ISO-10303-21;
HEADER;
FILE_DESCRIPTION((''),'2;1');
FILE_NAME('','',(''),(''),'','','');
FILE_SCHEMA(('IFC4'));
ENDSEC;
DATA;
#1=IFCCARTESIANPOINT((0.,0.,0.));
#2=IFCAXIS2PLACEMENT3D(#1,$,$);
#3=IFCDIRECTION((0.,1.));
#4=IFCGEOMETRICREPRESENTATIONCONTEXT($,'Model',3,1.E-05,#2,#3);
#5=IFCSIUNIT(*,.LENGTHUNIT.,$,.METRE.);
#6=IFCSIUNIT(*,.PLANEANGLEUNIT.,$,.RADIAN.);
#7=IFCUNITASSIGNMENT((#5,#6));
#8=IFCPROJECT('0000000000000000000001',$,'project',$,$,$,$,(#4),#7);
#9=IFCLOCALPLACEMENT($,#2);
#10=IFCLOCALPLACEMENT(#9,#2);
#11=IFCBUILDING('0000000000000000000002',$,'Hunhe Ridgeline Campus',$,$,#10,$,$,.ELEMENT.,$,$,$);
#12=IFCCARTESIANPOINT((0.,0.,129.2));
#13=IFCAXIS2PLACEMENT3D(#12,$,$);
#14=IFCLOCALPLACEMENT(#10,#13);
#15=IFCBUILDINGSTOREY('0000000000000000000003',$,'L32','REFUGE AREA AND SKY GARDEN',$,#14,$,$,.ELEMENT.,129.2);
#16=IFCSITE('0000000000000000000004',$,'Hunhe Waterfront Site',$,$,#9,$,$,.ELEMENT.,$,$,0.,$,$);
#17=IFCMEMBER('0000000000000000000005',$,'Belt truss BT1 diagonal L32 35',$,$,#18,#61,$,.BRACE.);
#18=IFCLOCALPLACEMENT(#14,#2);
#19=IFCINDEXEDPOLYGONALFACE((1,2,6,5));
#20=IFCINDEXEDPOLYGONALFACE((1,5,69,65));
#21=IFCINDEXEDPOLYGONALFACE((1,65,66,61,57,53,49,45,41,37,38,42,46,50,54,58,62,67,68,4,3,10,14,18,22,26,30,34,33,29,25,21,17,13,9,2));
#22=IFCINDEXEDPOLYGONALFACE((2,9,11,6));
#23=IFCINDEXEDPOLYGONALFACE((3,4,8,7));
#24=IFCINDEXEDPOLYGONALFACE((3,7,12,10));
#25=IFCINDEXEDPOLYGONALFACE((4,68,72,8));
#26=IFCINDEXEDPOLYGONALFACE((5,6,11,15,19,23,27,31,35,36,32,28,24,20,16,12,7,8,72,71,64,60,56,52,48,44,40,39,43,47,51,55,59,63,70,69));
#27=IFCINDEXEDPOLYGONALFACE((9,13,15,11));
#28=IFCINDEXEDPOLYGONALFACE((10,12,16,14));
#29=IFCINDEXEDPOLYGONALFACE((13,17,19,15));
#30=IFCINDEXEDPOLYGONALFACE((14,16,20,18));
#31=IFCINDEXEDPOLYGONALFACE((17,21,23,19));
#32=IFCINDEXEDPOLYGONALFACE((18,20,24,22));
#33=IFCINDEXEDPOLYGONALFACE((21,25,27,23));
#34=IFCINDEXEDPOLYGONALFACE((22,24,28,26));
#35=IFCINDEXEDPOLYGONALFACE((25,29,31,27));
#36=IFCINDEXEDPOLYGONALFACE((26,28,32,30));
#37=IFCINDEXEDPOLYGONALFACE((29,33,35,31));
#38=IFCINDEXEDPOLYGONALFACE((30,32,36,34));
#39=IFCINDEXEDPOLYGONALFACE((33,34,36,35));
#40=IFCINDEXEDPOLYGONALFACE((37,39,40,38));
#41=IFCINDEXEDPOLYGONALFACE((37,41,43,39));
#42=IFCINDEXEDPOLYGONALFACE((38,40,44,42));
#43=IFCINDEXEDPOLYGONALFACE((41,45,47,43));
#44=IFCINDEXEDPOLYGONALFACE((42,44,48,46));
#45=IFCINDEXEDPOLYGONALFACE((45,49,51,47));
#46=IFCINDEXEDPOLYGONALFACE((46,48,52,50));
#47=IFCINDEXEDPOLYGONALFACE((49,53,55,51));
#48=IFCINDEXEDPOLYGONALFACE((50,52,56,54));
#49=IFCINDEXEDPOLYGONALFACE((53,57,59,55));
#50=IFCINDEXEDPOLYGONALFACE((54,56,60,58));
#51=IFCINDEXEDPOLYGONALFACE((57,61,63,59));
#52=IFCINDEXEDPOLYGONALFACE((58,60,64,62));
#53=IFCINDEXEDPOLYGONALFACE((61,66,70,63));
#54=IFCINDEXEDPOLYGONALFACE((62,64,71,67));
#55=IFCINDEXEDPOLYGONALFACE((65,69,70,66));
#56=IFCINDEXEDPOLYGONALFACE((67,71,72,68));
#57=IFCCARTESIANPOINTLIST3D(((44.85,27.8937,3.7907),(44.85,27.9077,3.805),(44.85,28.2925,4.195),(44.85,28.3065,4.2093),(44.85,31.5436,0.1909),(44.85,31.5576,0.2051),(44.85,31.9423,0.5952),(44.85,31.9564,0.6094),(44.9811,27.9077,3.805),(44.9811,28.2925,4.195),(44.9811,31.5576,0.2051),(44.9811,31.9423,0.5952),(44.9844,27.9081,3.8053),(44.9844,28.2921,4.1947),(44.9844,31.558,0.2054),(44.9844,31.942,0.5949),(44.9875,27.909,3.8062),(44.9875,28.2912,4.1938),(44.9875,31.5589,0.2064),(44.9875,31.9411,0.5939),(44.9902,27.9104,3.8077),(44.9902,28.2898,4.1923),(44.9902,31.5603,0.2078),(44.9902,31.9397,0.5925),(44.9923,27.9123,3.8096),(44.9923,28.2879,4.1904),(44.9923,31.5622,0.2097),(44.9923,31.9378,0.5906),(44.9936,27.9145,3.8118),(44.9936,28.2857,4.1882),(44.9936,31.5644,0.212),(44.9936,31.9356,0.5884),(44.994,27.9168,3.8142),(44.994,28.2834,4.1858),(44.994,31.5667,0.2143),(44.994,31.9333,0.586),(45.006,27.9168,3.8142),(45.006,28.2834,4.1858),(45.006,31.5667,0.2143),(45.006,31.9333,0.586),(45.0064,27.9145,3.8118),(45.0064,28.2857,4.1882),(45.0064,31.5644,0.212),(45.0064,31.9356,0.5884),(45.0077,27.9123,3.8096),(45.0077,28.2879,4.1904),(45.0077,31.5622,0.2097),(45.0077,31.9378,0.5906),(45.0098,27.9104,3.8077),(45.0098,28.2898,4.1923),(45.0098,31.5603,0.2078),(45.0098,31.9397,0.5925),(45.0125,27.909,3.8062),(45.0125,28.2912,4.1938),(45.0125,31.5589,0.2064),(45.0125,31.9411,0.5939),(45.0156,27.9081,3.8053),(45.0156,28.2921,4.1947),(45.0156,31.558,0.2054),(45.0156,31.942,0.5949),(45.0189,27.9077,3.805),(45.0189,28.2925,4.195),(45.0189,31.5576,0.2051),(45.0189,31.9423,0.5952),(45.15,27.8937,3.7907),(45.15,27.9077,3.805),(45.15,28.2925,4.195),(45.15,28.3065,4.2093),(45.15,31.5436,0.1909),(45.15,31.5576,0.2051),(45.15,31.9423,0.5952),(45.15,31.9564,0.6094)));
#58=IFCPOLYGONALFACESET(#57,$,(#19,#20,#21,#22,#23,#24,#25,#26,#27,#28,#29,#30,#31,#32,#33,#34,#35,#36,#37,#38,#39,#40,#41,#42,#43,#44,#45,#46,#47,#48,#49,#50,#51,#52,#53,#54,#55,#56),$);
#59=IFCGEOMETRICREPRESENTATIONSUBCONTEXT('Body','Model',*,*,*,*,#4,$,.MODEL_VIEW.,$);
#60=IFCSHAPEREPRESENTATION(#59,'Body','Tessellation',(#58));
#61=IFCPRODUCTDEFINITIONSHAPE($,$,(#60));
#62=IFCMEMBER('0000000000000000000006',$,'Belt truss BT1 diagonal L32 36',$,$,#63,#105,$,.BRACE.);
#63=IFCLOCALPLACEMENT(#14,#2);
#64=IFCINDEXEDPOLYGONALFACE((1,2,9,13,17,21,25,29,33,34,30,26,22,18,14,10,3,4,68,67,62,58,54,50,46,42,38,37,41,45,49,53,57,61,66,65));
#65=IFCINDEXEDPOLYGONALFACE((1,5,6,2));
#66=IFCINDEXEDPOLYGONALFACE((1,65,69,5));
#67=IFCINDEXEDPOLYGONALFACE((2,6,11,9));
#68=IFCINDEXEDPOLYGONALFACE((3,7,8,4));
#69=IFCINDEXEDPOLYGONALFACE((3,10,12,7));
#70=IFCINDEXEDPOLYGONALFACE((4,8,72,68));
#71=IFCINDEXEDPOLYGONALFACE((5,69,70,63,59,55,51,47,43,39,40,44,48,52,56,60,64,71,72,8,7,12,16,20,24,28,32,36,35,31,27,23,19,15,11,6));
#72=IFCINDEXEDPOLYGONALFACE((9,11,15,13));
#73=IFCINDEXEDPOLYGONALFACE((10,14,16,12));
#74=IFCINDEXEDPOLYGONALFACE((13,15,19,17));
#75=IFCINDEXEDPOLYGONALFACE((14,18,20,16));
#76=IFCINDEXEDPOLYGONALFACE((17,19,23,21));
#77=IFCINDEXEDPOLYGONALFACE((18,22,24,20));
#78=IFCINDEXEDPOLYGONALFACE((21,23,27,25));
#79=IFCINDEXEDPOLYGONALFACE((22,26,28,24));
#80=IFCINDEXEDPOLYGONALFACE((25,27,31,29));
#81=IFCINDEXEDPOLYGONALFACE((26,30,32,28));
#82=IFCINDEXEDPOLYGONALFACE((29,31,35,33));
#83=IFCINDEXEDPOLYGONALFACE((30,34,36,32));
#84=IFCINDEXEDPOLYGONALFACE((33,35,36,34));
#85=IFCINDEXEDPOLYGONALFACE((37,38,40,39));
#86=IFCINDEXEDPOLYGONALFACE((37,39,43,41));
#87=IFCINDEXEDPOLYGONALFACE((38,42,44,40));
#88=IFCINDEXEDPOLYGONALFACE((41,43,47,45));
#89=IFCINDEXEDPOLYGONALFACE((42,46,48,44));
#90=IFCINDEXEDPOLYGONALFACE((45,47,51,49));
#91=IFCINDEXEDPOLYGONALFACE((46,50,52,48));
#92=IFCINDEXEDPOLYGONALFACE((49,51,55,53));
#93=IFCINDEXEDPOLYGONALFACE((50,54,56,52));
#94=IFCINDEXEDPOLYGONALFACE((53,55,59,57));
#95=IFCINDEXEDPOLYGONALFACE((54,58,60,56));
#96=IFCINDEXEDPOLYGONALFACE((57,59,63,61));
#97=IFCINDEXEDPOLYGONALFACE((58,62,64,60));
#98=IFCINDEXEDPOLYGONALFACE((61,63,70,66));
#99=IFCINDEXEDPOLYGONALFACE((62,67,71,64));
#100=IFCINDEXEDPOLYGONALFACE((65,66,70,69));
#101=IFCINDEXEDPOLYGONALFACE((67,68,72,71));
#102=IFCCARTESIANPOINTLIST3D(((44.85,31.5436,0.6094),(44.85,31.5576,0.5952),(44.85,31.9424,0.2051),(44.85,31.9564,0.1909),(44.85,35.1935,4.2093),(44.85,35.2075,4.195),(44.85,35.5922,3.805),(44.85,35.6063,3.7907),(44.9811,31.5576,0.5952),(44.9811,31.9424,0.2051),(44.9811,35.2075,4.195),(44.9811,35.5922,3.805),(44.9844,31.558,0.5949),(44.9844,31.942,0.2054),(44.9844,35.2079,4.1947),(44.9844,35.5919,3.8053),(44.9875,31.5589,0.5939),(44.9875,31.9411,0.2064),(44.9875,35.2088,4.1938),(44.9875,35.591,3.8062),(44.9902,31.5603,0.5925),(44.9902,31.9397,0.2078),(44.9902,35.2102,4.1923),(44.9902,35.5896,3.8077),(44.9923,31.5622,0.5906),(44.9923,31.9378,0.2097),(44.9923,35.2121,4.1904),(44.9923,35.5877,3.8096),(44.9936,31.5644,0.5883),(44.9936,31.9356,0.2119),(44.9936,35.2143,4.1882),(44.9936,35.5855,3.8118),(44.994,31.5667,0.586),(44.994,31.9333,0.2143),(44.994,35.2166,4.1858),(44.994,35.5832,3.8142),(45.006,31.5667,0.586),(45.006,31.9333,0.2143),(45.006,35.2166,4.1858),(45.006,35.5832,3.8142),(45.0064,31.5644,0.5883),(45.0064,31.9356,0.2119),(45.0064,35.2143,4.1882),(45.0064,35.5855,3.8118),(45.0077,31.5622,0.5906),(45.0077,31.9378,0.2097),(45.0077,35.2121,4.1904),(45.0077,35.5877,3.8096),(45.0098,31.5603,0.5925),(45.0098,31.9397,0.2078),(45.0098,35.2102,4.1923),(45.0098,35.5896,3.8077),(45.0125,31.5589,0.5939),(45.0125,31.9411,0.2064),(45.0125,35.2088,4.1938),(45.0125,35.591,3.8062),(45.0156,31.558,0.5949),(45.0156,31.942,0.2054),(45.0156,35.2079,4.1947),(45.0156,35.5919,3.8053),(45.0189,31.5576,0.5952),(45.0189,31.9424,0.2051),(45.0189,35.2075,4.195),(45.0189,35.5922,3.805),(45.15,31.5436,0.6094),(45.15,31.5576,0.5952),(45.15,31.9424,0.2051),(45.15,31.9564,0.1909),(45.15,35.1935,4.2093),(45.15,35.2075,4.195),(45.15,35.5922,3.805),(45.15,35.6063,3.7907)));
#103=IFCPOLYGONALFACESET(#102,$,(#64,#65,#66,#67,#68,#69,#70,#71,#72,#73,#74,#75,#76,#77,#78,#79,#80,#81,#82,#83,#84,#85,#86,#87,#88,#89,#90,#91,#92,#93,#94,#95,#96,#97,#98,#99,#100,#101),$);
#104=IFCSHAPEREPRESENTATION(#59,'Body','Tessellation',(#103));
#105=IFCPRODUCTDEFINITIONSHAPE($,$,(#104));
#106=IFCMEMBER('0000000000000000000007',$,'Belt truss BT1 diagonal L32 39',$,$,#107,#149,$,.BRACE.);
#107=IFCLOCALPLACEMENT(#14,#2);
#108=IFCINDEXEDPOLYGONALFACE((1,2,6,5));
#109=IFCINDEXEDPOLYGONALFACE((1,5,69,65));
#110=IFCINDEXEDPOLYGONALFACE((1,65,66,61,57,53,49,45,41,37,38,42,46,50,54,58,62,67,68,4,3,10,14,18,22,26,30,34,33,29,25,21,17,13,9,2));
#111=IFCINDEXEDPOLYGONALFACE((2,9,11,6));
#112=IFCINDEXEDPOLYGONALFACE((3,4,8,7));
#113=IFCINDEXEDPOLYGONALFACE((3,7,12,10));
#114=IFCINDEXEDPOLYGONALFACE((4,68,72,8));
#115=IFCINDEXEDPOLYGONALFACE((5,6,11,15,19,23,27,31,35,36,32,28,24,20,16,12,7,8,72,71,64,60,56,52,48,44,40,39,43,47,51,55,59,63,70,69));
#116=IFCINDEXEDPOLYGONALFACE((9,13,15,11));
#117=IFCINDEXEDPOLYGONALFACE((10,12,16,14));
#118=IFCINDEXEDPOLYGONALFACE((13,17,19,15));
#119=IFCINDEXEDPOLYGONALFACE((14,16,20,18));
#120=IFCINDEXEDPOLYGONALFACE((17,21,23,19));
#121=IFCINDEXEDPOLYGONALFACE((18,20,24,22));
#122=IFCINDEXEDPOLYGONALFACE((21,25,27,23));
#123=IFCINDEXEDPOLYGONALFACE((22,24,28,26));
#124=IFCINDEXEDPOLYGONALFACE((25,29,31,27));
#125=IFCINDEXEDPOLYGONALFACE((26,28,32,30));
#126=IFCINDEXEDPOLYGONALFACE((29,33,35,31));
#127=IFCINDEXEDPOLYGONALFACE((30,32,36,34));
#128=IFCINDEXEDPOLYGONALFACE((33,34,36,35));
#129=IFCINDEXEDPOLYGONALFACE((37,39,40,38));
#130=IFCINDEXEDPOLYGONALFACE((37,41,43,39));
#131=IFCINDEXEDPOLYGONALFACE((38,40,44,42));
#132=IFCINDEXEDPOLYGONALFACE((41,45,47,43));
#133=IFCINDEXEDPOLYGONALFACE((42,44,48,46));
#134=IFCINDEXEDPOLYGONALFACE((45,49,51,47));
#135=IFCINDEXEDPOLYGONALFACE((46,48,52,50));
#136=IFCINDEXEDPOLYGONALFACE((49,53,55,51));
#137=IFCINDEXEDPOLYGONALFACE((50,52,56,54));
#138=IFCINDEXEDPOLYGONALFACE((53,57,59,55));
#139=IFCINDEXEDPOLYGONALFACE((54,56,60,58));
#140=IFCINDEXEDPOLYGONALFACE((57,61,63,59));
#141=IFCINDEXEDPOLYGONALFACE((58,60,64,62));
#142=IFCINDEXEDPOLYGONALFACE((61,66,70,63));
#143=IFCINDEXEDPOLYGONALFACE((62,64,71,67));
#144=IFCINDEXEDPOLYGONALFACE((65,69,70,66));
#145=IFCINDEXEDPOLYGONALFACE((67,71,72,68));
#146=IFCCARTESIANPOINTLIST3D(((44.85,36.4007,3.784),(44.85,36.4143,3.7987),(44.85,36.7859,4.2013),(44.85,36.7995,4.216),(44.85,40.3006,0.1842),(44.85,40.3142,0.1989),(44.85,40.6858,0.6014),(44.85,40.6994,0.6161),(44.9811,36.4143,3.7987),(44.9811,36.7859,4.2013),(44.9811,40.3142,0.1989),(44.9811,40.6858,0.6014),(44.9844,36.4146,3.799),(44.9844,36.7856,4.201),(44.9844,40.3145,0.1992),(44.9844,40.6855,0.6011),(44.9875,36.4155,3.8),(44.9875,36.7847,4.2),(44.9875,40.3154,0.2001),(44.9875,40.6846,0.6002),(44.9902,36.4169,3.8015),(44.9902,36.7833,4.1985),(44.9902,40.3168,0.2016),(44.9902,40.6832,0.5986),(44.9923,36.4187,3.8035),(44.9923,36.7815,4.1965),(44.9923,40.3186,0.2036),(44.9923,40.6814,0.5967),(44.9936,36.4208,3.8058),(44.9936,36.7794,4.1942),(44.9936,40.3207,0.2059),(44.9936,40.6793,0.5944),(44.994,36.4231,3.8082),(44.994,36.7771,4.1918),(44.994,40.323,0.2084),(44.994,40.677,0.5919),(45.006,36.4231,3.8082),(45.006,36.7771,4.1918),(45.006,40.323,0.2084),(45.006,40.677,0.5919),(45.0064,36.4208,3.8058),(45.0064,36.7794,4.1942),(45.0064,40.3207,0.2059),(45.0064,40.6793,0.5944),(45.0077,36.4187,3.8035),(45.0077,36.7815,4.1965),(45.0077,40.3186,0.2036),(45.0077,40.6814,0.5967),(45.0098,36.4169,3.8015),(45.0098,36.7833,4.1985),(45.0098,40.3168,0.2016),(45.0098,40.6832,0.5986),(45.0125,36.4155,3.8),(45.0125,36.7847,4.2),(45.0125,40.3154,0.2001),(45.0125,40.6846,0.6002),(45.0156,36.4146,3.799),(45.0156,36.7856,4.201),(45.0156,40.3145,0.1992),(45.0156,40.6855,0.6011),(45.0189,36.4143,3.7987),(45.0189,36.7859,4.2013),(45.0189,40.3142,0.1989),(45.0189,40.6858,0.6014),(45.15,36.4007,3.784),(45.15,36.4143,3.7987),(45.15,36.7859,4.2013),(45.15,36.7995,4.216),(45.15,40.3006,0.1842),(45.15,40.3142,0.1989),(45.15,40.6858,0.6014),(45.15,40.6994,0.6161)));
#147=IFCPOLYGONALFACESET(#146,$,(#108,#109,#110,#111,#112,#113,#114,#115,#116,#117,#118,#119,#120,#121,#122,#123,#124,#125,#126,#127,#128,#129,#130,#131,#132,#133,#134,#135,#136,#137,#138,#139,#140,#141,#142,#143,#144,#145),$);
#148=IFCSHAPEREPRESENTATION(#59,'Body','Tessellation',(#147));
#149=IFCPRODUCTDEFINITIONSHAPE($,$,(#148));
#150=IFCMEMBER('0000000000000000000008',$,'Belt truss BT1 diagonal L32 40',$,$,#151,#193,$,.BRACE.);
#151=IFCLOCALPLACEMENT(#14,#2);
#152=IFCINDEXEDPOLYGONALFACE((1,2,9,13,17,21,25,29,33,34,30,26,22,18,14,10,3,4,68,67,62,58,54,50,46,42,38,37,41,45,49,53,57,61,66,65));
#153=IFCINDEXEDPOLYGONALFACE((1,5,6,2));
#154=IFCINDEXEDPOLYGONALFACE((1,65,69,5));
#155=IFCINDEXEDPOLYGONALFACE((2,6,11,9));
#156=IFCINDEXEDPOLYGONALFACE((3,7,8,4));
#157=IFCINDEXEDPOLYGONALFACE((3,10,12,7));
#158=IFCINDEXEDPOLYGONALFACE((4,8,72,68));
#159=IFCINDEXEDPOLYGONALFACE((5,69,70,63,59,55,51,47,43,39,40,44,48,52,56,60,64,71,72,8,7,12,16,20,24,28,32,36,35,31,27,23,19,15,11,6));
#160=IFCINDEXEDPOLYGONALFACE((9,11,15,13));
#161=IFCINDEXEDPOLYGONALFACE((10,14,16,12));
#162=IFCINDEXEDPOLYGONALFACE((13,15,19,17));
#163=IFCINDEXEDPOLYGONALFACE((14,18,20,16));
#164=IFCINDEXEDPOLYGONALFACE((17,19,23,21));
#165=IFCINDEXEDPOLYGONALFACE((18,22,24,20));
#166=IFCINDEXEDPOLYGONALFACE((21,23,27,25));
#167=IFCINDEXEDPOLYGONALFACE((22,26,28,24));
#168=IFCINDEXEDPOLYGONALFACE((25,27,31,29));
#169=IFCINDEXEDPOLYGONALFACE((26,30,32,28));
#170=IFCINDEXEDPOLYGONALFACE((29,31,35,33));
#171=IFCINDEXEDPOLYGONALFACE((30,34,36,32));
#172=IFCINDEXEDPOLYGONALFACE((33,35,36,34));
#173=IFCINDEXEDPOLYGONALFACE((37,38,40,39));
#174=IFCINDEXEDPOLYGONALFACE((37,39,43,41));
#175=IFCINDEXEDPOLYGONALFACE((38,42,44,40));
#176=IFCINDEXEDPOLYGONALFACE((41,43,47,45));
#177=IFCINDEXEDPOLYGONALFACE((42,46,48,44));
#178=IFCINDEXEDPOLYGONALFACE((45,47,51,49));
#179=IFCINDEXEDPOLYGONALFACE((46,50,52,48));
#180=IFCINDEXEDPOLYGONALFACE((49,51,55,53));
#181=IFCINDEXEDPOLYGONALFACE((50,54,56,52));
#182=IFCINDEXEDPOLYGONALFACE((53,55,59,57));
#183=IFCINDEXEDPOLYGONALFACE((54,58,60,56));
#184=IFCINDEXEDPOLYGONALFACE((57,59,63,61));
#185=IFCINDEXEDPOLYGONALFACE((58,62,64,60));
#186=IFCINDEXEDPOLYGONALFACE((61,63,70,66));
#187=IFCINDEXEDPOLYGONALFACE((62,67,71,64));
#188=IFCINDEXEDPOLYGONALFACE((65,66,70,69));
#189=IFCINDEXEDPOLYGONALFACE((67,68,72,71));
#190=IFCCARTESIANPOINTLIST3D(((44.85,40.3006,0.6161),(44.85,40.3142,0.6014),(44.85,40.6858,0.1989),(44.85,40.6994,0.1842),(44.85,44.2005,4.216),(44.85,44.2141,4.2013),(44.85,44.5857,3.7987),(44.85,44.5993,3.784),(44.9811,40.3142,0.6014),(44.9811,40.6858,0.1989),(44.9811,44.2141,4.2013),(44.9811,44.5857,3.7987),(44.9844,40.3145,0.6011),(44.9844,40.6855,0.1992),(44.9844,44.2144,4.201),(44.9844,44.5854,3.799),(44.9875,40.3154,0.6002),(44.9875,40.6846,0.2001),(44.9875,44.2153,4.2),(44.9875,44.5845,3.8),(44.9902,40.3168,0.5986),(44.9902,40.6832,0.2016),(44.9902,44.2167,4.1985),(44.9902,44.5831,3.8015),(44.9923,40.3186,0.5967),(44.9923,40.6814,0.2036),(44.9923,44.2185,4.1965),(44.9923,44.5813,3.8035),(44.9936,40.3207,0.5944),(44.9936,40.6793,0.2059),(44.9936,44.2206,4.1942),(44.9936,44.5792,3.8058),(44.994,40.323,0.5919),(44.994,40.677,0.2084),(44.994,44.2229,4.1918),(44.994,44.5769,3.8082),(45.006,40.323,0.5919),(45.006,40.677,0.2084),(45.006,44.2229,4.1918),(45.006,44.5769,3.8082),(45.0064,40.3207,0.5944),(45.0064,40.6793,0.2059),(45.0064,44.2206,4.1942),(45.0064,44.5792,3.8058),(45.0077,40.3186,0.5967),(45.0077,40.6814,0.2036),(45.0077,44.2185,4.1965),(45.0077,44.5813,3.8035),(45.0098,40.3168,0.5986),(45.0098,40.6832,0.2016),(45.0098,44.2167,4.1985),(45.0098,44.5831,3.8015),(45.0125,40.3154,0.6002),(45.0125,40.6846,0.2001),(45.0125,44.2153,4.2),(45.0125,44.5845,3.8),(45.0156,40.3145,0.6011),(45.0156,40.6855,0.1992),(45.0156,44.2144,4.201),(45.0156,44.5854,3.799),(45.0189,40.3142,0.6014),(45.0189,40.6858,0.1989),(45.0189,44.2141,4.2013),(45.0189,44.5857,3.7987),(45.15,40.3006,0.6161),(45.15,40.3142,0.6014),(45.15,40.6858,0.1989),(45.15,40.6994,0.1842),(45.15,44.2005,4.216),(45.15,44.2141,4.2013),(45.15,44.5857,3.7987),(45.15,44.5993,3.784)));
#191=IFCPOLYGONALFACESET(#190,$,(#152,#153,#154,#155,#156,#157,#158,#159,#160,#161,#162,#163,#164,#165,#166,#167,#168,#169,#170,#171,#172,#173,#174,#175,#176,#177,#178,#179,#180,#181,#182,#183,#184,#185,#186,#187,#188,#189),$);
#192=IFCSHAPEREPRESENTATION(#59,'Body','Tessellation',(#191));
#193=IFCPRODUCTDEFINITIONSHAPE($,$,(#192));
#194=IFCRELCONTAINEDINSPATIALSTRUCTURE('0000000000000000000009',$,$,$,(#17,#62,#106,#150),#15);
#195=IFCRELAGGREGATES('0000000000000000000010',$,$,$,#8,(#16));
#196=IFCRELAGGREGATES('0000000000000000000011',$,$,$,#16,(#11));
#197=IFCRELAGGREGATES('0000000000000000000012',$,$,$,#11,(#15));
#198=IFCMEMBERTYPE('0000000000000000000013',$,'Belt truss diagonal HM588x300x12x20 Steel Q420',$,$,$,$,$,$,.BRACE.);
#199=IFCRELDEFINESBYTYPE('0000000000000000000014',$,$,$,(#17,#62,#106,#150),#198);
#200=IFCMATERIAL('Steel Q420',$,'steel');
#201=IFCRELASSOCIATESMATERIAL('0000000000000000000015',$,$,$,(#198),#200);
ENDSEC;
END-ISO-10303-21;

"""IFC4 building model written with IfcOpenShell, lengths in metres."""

from ifc_helpers import new_model, si_unit, direction, frame, origin, origin_2d, place, context, subcontext, project, spatial, i_section, extrude, material, material_profile, profile_set, type_object, element, save


model = new_model("IFC4")

# Units and contexts
model_context = context("Model", 3, precision=1e-05, world=origin(), true_north=direction((0.0, 1.0)))
body_context = subcontext(model_context, "Body", "Model", "MODEL_VIEW")
ifc_project = project(units=[si_unit("LENGTHUNIT", "METRE"), si_unit("PLANEANGLEUNIT", "RADIAN")], contexts=[model_context])

# Site, building, storey
site_placement = place(None, origin())
site = spatial("IfcSite", under=ifc_project, at=site_placement, Name="Hunhe Waterfront Site", CompositionType="ELEMENT", RefElevation=0.0)
building_placement = place(site_placement, origin())
building = spatial("IfcBuilding", under=site, at=building_placement, Name="Hunhe Ridgeline Campus", CompositionType="ELEMENT")
storey_placement = place(building_placement, frame((0.0, 0.0, 129.2)))
storey = spatial("IfcBuildingStorey", under=building, at=storey_placement, Name="L32", Description="REFUGE AREA AND SKY GARDEN", CompositionType="ELEMENT", Elevation=129.2)

# Members
ifc_material_1 = material(Name="Steel Q420", Category="steel")
ifc_material_profile_1 = material_profile(ifc_material_1, i_section(OverallWidth=0.3, OverallDepth=0.5879, WebThickness=0.012, FlangeThickness=0.02, FilletRadius=0.0129, at=origin_2d()))
ifc_profile_set_1 = profile_set([ifc_material_profile_1], Name="Steel Q420")
member_type_1 = type_object("IfcMemberType", Name="Belt truss diagonal HM588x300x12x20 Steel Q420", PredefinedType="BRACE", material=ifc_profile_set_1)
for number, where, z_axis, x_axis, name in (
    (1, (45.0, 28.1001, 4.0), (0.0, 0.711971, -0.702209), (-1.0, 0.0, 0.0), "Belt truss BT1 diagonal L32 35"),
    (2, (45.0, 31.75, 0.4001), (0.0, 0.711971, 0.702209), (-1.0, 0.0, 0.0), "Belt truss BT1 diagonal L32 36"),
):
    element("IfcMember", number, at=place(storey_placement, frame(where, z_axis=z_axis, x_axis=x_axis)), inside=storey, type_object=member_type_1, Name=name, PredefinedType="BRACE", context=body_context, shape_type="SweptSolid", body=[
        extrude(i_section(OverallWidth=0.3, OverallDepth=0.5879, WebThickness=0.012, FlangeThickness=0.02, FilletRadius=0.0129, at=origin_2d()), origin(), (0.0, 0.0, 1.0), 5.1265),
    ])
for number, where, z_axis, x_axis, name in (
    (3, (45.0, 36.6001, 4.0), (0.0, 0.734809, -0.678274), (-1.0, 0.0, 0.0), "Belt truss BT1 diagonal L32 39"),
    (4, (45.0, 40.5, 0.4001), (0.0, 0.734809, 0.678274), (-1.0, 0.0, 0.0), "Belt truss BT1 diagonal L32 40"),
):
    element("IfcMember", number, at=place(storey_placement, frame(where, z_axis=z_axis, x_axis=x_axis)), inside=storey, type_object=member_type_1, Name=name, PredefinedType="BRACE", context=body_context, shape_type="SweptSolid", body=[
        extrude(i_section(OverallWidth=0.3, OverallDepth=0.5879, WebThickness=0.012, FlangeThickness=0.02, FilletRadius=0.0129, at=origin_2d()), origin(), (0.0, 0.0, 1.0), 5.3074),
    ])

save(model, "model.ifc")
